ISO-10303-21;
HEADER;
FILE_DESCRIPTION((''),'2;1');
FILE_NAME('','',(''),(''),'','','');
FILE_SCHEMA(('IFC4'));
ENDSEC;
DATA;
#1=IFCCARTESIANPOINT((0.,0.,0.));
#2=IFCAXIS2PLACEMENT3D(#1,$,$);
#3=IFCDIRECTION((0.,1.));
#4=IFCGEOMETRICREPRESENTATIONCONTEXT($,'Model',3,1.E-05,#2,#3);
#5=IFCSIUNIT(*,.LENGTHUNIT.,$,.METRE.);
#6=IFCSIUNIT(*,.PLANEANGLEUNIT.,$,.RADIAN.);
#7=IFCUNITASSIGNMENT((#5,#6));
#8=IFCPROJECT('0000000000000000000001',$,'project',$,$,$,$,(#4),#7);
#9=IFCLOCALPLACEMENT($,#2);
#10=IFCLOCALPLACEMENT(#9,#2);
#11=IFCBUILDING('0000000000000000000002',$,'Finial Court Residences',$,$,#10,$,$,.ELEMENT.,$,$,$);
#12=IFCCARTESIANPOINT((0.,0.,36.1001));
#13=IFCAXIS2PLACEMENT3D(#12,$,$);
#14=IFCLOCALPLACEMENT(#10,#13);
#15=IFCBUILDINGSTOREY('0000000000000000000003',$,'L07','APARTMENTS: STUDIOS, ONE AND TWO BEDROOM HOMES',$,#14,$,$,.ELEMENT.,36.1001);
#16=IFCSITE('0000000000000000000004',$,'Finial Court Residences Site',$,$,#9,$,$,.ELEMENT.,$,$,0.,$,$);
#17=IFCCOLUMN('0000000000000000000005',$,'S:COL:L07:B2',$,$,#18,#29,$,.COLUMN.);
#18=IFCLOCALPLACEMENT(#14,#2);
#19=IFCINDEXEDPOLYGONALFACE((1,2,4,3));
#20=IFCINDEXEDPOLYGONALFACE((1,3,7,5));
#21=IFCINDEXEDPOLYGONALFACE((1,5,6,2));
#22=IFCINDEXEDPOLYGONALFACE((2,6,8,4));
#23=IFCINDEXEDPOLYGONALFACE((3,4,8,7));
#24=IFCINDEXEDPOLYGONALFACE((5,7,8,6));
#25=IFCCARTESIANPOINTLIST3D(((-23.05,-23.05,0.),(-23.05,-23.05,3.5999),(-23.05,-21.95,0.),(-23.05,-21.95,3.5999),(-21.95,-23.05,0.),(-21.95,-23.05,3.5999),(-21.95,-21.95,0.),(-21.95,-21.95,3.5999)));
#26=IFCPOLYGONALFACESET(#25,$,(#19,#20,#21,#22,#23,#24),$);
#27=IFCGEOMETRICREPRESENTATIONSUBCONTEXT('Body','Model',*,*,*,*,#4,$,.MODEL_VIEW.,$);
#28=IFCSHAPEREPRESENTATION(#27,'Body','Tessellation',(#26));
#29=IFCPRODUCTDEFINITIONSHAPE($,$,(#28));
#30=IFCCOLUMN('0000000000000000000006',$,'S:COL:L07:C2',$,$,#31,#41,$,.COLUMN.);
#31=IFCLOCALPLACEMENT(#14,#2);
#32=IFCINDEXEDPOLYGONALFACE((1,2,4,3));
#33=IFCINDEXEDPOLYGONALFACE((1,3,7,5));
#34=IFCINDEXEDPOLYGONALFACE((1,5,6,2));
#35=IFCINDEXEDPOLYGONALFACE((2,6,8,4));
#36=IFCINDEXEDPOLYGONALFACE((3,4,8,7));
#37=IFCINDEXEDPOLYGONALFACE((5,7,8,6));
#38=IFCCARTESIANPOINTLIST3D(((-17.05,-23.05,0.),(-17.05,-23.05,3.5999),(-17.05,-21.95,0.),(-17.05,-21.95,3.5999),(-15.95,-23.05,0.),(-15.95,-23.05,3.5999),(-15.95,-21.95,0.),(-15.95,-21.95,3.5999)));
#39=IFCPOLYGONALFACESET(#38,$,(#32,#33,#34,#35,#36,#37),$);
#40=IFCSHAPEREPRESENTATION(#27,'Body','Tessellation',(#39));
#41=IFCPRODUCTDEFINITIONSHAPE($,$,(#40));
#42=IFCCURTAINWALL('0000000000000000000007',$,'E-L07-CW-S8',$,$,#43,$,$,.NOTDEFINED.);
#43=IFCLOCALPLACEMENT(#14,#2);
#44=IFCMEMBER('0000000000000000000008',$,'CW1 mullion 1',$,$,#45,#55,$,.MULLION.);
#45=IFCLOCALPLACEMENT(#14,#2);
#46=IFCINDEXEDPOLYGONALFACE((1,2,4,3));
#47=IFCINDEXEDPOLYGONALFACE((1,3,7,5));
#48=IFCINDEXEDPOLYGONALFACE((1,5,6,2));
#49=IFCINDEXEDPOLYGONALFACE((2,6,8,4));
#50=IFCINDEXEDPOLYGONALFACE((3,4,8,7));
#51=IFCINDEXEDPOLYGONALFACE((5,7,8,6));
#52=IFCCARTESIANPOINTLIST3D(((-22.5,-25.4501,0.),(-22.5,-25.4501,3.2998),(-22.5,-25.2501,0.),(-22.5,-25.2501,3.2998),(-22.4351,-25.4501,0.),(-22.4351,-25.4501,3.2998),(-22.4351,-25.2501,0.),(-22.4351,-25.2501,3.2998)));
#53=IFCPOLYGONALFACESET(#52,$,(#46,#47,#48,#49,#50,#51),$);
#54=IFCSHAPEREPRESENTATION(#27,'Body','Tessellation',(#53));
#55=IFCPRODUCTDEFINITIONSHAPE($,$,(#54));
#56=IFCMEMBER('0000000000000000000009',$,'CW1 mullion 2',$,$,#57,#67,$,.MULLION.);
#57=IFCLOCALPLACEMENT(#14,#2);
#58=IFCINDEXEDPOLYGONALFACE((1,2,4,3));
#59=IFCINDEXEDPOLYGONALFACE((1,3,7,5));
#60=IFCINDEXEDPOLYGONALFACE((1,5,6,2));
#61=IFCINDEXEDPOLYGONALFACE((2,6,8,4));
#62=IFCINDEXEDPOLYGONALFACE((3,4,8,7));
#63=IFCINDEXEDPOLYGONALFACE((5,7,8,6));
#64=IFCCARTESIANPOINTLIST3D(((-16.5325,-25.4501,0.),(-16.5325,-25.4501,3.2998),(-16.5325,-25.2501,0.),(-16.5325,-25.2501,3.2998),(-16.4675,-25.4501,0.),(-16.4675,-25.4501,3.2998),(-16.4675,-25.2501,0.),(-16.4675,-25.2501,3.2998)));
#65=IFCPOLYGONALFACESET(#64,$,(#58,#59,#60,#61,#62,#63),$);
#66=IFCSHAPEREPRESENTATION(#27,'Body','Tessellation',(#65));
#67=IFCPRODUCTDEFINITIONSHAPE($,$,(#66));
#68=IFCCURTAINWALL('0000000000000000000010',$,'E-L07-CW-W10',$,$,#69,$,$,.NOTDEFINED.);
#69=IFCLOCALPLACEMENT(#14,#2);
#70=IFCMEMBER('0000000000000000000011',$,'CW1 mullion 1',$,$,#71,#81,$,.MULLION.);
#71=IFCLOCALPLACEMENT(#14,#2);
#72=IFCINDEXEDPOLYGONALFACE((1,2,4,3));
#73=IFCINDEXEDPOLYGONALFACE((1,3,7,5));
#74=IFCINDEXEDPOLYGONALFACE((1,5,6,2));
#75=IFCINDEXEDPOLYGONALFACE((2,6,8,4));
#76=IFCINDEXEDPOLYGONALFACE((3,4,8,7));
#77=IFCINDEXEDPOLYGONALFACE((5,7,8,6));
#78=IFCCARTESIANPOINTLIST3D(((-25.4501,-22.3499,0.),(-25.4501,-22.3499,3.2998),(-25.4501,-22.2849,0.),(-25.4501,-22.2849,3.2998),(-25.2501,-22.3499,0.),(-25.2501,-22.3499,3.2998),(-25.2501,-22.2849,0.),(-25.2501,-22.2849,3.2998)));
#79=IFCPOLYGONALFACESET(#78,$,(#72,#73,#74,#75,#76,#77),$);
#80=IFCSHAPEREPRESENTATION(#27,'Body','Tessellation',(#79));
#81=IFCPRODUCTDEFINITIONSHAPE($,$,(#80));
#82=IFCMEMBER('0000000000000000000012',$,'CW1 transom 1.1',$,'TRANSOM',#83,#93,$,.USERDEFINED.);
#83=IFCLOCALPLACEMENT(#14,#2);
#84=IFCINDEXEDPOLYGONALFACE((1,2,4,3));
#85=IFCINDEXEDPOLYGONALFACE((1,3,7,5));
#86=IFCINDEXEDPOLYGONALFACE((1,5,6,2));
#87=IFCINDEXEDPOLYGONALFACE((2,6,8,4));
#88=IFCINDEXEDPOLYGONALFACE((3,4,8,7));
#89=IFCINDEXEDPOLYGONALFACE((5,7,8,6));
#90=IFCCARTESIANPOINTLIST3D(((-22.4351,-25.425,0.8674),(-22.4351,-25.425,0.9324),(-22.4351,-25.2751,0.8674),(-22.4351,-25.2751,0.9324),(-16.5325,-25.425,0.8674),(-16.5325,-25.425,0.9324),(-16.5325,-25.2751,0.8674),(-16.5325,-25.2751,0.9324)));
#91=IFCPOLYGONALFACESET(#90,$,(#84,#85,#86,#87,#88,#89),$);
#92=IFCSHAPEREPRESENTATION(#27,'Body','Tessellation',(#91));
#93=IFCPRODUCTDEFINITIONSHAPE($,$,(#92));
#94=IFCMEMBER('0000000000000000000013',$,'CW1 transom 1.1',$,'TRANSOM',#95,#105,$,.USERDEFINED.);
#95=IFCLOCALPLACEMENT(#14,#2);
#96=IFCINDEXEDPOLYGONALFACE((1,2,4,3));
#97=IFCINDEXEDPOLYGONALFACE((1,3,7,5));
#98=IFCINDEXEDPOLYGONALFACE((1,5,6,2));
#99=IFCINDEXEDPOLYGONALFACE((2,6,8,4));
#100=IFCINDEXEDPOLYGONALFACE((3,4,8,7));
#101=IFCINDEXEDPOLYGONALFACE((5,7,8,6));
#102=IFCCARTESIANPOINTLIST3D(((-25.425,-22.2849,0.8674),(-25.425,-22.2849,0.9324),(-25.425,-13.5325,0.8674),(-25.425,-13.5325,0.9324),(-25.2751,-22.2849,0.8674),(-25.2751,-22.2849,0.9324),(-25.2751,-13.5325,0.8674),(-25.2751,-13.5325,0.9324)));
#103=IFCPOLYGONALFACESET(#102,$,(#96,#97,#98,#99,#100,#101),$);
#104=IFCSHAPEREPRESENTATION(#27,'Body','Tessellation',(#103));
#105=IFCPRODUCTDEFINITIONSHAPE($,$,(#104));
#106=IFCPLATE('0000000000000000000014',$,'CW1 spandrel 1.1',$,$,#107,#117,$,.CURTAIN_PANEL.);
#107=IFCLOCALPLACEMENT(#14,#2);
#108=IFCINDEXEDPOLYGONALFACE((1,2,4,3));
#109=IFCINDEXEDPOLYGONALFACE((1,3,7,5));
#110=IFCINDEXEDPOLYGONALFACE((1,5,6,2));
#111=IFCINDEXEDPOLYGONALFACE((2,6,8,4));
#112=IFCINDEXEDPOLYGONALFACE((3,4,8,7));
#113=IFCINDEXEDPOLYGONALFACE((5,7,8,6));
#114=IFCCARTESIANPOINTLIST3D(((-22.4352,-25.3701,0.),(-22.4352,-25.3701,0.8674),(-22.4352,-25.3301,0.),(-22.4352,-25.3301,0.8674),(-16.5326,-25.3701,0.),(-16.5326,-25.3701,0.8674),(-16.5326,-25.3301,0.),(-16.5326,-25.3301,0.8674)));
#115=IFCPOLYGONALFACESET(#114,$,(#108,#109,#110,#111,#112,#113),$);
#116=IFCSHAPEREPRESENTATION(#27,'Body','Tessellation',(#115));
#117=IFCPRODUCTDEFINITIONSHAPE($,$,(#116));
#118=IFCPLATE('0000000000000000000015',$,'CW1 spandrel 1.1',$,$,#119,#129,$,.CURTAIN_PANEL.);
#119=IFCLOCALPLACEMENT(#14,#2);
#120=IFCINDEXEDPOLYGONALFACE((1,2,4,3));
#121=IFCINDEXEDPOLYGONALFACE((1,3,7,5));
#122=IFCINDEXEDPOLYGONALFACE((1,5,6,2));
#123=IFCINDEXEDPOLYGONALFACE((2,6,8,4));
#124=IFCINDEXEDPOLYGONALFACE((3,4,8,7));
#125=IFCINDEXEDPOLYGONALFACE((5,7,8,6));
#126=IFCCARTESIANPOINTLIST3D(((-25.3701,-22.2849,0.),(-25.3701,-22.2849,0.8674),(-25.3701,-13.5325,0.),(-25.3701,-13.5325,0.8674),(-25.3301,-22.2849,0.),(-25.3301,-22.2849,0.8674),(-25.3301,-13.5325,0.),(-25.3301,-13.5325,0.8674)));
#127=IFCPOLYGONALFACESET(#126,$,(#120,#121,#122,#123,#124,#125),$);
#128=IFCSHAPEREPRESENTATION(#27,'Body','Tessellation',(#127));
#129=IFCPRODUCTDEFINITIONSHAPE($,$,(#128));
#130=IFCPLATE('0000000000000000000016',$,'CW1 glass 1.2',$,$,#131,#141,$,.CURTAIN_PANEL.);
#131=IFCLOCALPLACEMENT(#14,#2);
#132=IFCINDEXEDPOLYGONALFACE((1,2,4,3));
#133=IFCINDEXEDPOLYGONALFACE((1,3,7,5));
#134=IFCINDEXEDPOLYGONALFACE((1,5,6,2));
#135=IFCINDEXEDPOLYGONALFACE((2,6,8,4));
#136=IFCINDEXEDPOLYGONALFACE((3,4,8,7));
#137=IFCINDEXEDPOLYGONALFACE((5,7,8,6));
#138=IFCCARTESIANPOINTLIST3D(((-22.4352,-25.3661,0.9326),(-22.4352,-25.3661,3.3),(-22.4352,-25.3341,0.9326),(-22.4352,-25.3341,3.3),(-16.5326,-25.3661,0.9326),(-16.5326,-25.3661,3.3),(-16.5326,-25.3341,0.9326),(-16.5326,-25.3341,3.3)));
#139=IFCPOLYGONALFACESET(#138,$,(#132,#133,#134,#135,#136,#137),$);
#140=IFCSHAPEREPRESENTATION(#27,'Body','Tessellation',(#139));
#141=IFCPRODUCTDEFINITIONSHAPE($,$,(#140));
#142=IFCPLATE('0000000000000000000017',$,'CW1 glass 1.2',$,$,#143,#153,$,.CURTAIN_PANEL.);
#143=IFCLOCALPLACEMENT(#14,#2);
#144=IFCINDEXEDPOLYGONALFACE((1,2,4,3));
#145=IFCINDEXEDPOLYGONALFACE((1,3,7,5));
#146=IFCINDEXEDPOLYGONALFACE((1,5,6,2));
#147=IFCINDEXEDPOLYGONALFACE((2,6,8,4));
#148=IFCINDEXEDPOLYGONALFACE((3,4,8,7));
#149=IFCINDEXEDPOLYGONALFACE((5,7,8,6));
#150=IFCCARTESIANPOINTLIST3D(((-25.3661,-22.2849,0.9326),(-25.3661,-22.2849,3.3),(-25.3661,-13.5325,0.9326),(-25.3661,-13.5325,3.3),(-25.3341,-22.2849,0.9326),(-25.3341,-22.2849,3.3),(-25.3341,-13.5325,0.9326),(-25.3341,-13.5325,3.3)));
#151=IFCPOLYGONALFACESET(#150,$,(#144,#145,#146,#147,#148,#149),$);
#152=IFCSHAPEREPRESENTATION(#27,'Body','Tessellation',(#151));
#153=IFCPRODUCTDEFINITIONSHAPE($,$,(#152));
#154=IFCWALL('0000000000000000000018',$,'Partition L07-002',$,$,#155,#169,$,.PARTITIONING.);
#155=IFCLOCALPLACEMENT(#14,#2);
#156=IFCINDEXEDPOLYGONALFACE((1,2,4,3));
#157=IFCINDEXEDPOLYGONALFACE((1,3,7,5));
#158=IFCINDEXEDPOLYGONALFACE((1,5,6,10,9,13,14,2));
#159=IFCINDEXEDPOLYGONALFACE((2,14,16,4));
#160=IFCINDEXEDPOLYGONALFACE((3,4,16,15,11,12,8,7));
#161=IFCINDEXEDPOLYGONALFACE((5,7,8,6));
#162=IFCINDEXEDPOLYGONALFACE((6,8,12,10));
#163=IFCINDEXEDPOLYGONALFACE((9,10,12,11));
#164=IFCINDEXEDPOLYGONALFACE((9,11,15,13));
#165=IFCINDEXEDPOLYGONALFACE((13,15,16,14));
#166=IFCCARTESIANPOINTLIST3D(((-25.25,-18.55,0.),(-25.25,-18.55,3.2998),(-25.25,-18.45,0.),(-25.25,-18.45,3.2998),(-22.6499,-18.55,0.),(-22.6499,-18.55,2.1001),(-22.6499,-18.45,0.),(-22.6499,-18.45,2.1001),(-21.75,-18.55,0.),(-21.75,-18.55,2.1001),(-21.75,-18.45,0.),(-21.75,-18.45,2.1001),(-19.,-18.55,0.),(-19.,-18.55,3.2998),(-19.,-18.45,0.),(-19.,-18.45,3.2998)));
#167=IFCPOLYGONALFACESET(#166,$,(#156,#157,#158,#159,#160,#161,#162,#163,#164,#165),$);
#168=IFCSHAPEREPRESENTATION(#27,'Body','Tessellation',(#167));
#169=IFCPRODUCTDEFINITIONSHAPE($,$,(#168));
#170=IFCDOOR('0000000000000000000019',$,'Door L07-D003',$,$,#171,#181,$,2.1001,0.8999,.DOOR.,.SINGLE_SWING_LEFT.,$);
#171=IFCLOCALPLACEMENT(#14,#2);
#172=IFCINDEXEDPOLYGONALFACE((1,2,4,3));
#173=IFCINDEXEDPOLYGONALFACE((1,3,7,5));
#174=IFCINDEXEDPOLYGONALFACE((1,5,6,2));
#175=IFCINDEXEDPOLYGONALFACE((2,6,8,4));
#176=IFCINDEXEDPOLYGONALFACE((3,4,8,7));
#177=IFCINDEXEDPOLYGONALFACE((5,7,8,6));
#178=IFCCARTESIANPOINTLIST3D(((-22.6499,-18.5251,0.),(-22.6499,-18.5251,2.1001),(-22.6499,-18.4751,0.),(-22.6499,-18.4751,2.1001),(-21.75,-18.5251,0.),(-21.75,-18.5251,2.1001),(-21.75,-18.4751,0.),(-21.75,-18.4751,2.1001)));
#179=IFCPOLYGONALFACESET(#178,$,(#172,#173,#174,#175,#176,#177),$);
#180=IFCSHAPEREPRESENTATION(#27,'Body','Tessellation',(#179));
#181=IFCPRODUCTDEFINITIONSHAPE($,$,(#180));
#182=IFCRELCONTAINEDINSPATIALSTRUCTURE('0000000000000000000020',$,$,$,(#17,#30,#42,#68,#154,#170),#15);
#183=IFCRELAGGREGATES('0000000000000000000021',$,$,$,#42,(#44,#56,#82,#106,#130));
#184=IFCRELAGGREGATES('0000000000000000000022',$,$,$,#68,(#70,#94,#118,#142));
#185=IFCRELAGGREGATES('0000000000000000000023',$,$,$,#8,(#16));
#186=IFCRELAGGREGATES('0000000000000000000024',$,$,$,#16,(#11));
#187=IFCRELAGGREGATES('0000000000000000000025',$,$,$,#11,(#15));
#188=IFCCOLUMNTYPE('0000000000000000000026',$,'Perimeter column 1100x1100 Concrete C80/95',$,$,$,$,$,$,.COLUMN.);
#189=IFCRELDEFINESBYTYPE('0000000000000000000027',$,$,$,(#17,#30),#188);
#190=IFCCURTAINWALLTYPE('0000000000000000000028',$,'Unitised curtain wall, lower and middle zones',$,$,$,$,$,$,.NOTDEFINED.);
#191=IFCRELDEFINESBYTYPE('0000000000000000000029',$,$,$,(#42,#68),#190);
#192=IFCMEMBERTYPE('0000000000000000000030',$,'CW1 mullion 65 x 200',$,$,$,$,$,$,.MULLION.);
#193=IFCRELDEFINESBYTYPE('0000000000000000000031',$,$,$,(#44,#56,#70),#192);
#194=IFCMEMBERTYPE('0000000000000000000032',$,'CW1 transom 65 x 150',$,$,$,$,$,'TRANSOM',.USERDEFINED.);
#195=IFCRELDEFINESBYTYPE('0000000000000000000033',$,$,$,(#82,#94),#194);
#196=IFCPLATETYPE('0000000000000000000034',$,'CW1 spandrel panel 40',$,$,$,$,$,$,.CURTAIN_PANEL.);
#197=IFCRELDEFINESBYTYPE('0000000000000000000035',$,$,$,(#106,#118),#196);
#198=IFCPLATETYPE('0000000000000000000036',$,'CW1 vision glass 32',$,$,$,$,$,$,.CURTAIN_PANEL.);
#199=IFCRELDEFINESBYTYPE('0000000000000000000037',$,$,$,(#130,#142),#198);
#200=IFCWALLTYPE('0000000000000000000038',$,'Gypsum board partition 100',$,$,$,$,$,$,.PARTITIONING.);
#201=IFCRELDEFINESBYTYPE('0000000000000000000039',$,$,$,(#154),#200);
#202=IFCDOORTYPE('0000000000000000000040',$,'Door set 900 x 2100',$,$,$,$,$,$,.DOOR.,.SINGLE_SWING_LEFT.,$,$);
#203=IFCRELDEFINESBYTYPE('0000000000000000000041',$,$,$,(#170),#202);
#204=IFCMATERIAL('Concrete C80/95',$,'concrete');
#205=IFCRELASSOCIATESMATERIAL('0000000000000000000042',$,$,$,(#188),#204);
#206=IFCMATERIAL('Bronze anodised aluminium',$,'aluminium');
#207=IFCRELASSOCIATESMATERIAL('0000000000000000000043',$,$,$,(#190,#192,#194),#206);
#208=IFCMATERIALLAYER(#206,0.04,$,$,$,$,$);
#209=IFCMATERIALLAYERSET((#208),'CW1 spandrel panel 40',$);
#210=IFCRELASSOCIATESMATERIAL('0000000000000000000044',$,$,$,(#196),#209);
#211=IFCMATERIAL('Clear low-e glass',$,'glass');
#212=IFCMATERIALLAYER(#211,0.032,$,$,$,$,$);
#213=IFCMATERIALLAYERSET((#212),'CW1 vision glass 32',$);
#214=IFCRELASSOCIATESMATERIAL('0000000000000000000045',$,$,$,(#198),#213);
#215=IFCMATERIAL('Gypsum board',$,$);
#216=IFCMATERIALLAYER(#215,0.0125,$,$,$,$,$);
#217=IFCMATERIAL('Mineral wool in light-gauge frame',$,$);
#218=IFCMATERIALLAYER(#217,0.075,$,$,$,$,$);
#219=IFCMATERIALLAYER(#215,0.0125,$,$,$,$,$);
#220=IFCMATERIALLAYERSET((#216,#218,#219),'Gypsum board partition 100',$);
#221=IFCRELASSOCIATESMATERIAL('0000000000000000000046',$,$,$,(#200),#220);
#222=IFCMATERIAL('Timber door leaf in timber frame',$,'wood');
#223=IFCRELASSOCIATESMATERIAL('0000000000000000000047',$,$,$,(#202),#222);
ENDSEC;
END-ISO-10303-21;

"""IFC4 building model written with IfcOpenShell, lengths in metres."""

from ifc_helpers import new_model, si_unit, direction, frame, frame_2d, origin, origin_2d, place, context, subcontext, project, spatial, rectangle, extrude, material, layer, layer_set, material_profile, profile_set, type_object, element, fill, aggregate, save


model = new_model("IFC4")

# Units and contexts
model_context = context("Model", 3, precision=1e-05, world=origin(), true_north=direction((0.0, 1.0)))
body_context = subcontext(model_context, "Body", "Model", "MODEL_VIEW")
ifc_project = project(units=[si_unit("LENGTHUNIT", "METRE"), si_unit("PLANEANGLEUNIT", "RADIAN")], contexts=[model_context])

# Site, building, storey
site_placement = place(None, origin())
site = spatial("IfcSite", under=ifc_project, at=site_placement, Name="Finial Court Residences Site", CompositionType="ELEMENT", RefElevation=0.0)
building_placement = place(site_placement, origin())
building = spatial("IfcBuilding", under=site, at=building_placement, Name="Finial Court Residences", CompositionType="ELEMENT")
storey_placement = place(building_placement, frame((0.0, 0.0, 36.1001)))
storey = spatial("IfcBuildingStorey", under=building, at=storey_placement, Name="L07", Description="APARTMENTS: STUDIOS, ONE AND TWO BEDROOM HOMES", CompositionType="ELEMENT", Elevation=36.1001)

# Columns
ifc_material_1 = material(Name="Concrete C80/95", Category="concrete")
ifc_material_profile_1 = material_profile(ifc_material_1, rectangle(XDim=1.1001, YDim=1.1001, at=origin_2d()), Name="1100x1100")
ifc_profile_set_1 = profile_set([ifc_material_profile_1], Name="Concrete C80/95")
column_type = type_object("IfcColumnType", Name="Perimeter column 1100x1100 Concrete C80/95", PredefinedType="COLUMN", material=ifc_profile_set_1)
for number, where, z_axis, x_axis, name in (
    (1, (-22.5, -22.5, 0.0), (0.0, 0.0, 1.0), (1.0, 0.0, 0.0), "S:COL:L07:B2"),
    (2, (-16.5, -22.5, 0.0), (0.0, 0.0, 1.0), (1.0, 0.0, 0.0), "S:COL:L07:C2"),
):
    element("IfcColumn", number, at=place(storey_placement, frame(where, z_axis=z_axis, x_axis=x_axis)), inside=storey, type_object=column_type, Name=name, PredefinedType="COLUMN", context=body_context, shape_type="SweptSolid", body=[
        extrude(rectangle(XDim=1.1001, YDim=1.1001, at=origin_2d()), origin(), (0.0, 0.0, 1.0), 3.5999),
    ])

# Curtain wall, members
ifc_material_2 = material(Name="Bronze anodised aluminium", Category="aluminium")
curtain_wall_type = type_object("IfcCurtainWallType", Name="Unitised curtain wall, lower and middle zones", PredefinedType="NOTDEFINED", material=ifc_material_2)
curtain_wall_1_placement = place(storey_placement, origin())
curtain_wall_1 = element("IfcCurtainWall", 3, at=curtain_wall_1_placement, inside=storey, type_object=curtain_wall_type, Name="E-L07-CW-S8", PredefinedType="NOTDEFINED")
ifc_material_profile_2 = material_profile(ifc_material_2, rectangle(XDim=0.2, YDim=0.0649, at=origin_2d()), Name="CW1 mullion 65 x 200")
ifc_profile_set_2 = profile_set([ifc_material_profile_2], Name="Bronze anodised aluminium")
member_type_1 = type_object("IfcMemberType", Name="CW1 mullion 65 x 200", PredefinedType="MULLION", material=ifc_profile_set_2)
member_1_placement = place(storey_placement, frame((-22.4675, -25.3501, 0.0), z_axis=(0.0, 0.0, 1.0), x_axis=(0.0, 1.0, 0.0)))
member_1 = element("IfcMember", 4, at=member_1_placement, type_object=member_type_1, Name="CW1 mullion 1", PredefinedType="MULLION", context=body_context, shape_type="SweptSolid", body=[
    extrude(rectangle(XDim=0.2, YDim=0.0649, at=origin_2d()), origin(), (0.0, 0.0, 1.0), 3.2998),
])
member_2_placement = place(storey_placement, frame((-16.5, -25.3501, 0.0), z_axis=(0.0, 0.0, 1.0), x_axis=(0.0, 1.0, 0.0)))
member_2 = element("IfcMember", 5, at=member_2_placement, type_object=member_type_1, Name="CW1 mullion 2", PredefinedType="MULLION", context=body_context, shape_type="SweptSolid", body=[
    extrude(rectangle(XDim=0.2, YDim=0.0649, at=origin_2d()), origin(), (0.0, 0.0, 1.0), 3.2998),
])

# Curtain wall, member
curtain_wall_2_placement = place(storey_placement, origin())
curtain_wall_2 = element("IfcCurtainWall", 6, at=curtain_wall_2_placement, inside=storey, type_object=curtain_wall_type, Name="E-L07-CW-W10", PredefinedType="NOTDEFINED")
member_3_placement = place(storey_placement, frame((-25.3501, -22.3174, 0.0), z_axis=(0.0, 0.0, 1.0), x_axis=(-1.0, 0.0, 0.0)))
member_3 = element("IfcMember", 7, at=member_3_placement, type_object=member_type_1, Name="CW1 mullion 1", PredefinedType="MULLION", context=body_context, shape_type="SweptSolid", body=[
    extrude(rectangle(XDim=0.2, YDim=0.0649, at=origin_2d()), origin(), (0.0, 0.0, 1.0), 3.2998),
])

# Members
ifc_material_profile_3 = material_profile(ifc_material_2, rectangle(XDim=0.1499, YDim=0.0649, at=origin_2d()), Name="CW1 transom 65 x 150")
ifc_profile_set_3 = profile_set([ifc_material_profile_3], Name="Bronze anodised aluminium")
member_type_2 = type_object("IfcMemberType", Name="CW1 transom 65 x 150", ElementType="TRANSOM", PredefinedType="USERDEFINED", material=ifc_profile_set_3)
member_4_placement = place(storey_placement, frame((-22.4351, -25.3501, 0.8999), z_axis=(1.0, 0.0, 0.0), x_axis=(0.0, 1.0, 0.0)))
member_4 = element("IfcMember", 8, at=member_4_placement, type_object=member_type_2, Name="CW1 transom 1.1", ObjectType="TRANSOM", PredefinedType="USERDEFINED", context=body_context, shape_type="SweptSolid", body=[
    extrude(rectangle(XDim=0.1499, YDim=0.0649, at=origin_2d()), origin(), (0.0, 0.0, 1.0), 5.9026),
])
member_5_placement = place(storey_placement, frame((-25.3501, -22.2849, 0.8999), z_axis=(0.0, 1.0, 0.0), x_axis=(-1.0, 0.0, 0.0)))
member_5 = element("IfcMember", 9, at=member_5_placement, type_object=member_type_2, Name="CW1 transom 1.1", ObjectType="TRANSOM", PredefinedType="USERDEFINED", context=body_context, shape_type="SweptSolid", body=[
    extrude(rectangle(XDim=0.1499, YDim=0.0649, at=origin_2d()), origin(), (0.0, 0.0, 1.0), 8.7524),
])

# Plates
ifc_layer_1 = layer(ifc_material_2, 0.04)
ifc_layer_set_1 = layer_set([ifc_layer_1], Name="CW1 spandrel panel 40")
plate_type_1 = type_object("IfcPlateType", Name="CW1 spandrel panel 40", PredefinedType="CURTAIN_PANEL", material=ifc_layer_set_1)
plate_1_placement = place(storey_placement, frame((-19.4839, -25.3501, 0.0), z_axis=(0.0, 0.0, 1.0), x_axis=(1.0, 0.0, 0.0)))
plate_1 = element("IfcPlate", 10, at=plate_1_placement, type_object=plate_type_1, Name="CW1 spandrel 1.1", PredefinedType="CURTAIN_PANEL", context=body_context, shape_type="SweptSolid", body=[
    extrude(rectangle(XDim=5.9026, YDim=0.04, at=origin_2d()), origin(), (0.0, 0.0, 1.0), 0.8674),
])
plate_2_placement = place(storey_placement, frame((-25.3501, -17.9087, 0.0), z_axis=(0.0, 0.0, 1.0), x_axis=(0.0, 1.0, 0.0)))
plate_2 = element("IfcPlate", 11, at=plate_2_placement, type_object=plate_type_1, Name="CW1 spandrel 1.1", PredefinedType="CURTAIN_PANEL", context=body_context, shape_type="SweptSolid", body=[
    extrude(rectangle(XDim=8.7524, YDim=0.04, at=origin_2d()), origin(), (0.0, 0.0, 1.0), 0.8674),
])
ifc_material_3 = material(Name="Clear low-e glass", Category="glass")
ifc_layer_2 = layer(ifc_material_3, 0.032)
ifc_layer_set_2 = layer_set([ifc_layer_2], Name="CW1 vision glass 32")
plate_type_2 = type_object("IfcPlateType", Name="CW1 vision glass 32", PredefinedType="CURTAIN_PANEL", material=ifc_layer_set_2)
plate_3_placement = place(storey_placement, frame((-19.4839, -25.3501, 0.9326), z_axis=(0.0, 0.0, 1.0), x_axis=(1.0, 0.0, 0.0)))
plate_3 = element("IfcPlate", 12, at=plate_3_placement, type_object=plate_type_2, Name="CW1 glass 1.2", PredefinedType="CURTAIN_PANEL", context=body_context, shape_type="SweptSolid", body=[
    extrude(rectangle(XDim=5.9026, YDim=0.032, at=origin_2d()), origin(), (0.0, 0.0, 1.0), 2.3674),
])
aggregate(curtain_wall_1, [member_1, member_2, member_4, plate_1, plate_3])
plate_4_placement = place(storey_placement, frame((-25.3501, -17.9087, 0.9326), z_axis=(0.0, 0.0, 1.0), x_axis=(0.0, 1.0, 0.0)))
plate_4 = element("IfcPlate", 13, at=plate_4_placement, type_object=plate_type_2, Name="CW1 glass 1.2", PredefinedType="CURTAIN_PANEL", context=body_context, shape_type="SweptSolid", body=[
    extrude(rectangle(XDim=8.7524, YDim=0.032, at=origin_2d()), origin(), (0.0, 0.0, 1.0), 2.3674),
])
aggregate(curtain_wall_2, [member_3, member_5, plate_2, plate_4])

# Wall, opening, door
ifc_material_4 = material(Name="Gypsum board")
ifc_layer_3 = layer(ifc_material_4, 0.0125)
ifc_material_5 = material(Name="Mineral wool in light-gauge frame")
ifc_layer_4 = layer(ifc_material_5, 0.075)
ifc_layer_5 = layer(ifc_material_4, 0.0125)
ifc_layer_set_3 = layer_set([ifc_layer_3, ifc_layer_4, ifc_layer_5], Name="Gypsum board partition 100")
wall_type_1 = type_object("IfcWallType", Name="Gypsum board partition 100", PredefinedType="PARTITIONING", material=ifc_layer_set_3)
wall_1_placement = place(storey_placement, frame((-25.25, -18.5, 0.0), z_axis=(0.0, 0.0, 1.0), x_axis=(1.0, 0.0, 0.0)))
wall_1 = element("IfcWall", 14, at=wall_1_placement, inside=storey, type_object=wall_type_1, Name="Partition L07-002", PredefinedType="PARTITIONING", context=body_context, shape_type="SweptSolid", body=[
    extrude(rectangle(XDim=6.25, YDim=0.1001, at=frame_2d((3.125, 0.0))), origin(), (0.0, 0.0, 1.0), 3.2998),
])
opening_1_placement = place(wall_1_placement, frame((2.6001, 0.0, 0.0)))
opening_1 = element("IfcOpeningElement", 15, at=opening_1_placement, cuts=wall_1, PredefinedType="OPENING", context=body_context, shape_type="SweptSolid", body=[
    extrude(rectangle(XDim=0.8999, YDim=2.1001, at=frame_2d((0.45, 1.05))), frame((0.0, 0.0601, 0.0), z_axis=(0.0, -1.0, 0.0), x_axis=(1.0, 0.0, 0.0)), (0.0, 0.0, 1.0), 0.1201),
])
ifc_material_6 = material(Name="Timber door leaf in timber frame", Category="wood")
door_type = type_object("IfcDoorType", Name="Door set 900 x 2100", OperationType="SINGLE_SWING_LEFT", PredefinedType="DOOR", material=ifc_material_6)
door_1_placement = place(opening_1_placement, origin())
door_1 = element("IfcDoor", 16, at=door_1_placement, inside=storey, type_object=door_type, Name="Door L07-D003", OperationType="SINGLE_SWING_LEFT", OverallHeight=2.1001, OverallWidth=0.8999, PredefinedType="DOOR", context=body_context, shape_type="SweptSolid", body=[
    extrude(rectangle(XDim=0.8999, YDim=2.1001, at=frame_2d((0.45, 1.05))), frame((0.0, 0.0249, 0.0), z_axis=(0.0, -1.0, 0.0), x_axis=(1.0, 0.0, 0.0)), (0.0, 0.0, 1.0), 0.05),
])
fill(opening_1, door_1)

save(model, "model.ifc")
